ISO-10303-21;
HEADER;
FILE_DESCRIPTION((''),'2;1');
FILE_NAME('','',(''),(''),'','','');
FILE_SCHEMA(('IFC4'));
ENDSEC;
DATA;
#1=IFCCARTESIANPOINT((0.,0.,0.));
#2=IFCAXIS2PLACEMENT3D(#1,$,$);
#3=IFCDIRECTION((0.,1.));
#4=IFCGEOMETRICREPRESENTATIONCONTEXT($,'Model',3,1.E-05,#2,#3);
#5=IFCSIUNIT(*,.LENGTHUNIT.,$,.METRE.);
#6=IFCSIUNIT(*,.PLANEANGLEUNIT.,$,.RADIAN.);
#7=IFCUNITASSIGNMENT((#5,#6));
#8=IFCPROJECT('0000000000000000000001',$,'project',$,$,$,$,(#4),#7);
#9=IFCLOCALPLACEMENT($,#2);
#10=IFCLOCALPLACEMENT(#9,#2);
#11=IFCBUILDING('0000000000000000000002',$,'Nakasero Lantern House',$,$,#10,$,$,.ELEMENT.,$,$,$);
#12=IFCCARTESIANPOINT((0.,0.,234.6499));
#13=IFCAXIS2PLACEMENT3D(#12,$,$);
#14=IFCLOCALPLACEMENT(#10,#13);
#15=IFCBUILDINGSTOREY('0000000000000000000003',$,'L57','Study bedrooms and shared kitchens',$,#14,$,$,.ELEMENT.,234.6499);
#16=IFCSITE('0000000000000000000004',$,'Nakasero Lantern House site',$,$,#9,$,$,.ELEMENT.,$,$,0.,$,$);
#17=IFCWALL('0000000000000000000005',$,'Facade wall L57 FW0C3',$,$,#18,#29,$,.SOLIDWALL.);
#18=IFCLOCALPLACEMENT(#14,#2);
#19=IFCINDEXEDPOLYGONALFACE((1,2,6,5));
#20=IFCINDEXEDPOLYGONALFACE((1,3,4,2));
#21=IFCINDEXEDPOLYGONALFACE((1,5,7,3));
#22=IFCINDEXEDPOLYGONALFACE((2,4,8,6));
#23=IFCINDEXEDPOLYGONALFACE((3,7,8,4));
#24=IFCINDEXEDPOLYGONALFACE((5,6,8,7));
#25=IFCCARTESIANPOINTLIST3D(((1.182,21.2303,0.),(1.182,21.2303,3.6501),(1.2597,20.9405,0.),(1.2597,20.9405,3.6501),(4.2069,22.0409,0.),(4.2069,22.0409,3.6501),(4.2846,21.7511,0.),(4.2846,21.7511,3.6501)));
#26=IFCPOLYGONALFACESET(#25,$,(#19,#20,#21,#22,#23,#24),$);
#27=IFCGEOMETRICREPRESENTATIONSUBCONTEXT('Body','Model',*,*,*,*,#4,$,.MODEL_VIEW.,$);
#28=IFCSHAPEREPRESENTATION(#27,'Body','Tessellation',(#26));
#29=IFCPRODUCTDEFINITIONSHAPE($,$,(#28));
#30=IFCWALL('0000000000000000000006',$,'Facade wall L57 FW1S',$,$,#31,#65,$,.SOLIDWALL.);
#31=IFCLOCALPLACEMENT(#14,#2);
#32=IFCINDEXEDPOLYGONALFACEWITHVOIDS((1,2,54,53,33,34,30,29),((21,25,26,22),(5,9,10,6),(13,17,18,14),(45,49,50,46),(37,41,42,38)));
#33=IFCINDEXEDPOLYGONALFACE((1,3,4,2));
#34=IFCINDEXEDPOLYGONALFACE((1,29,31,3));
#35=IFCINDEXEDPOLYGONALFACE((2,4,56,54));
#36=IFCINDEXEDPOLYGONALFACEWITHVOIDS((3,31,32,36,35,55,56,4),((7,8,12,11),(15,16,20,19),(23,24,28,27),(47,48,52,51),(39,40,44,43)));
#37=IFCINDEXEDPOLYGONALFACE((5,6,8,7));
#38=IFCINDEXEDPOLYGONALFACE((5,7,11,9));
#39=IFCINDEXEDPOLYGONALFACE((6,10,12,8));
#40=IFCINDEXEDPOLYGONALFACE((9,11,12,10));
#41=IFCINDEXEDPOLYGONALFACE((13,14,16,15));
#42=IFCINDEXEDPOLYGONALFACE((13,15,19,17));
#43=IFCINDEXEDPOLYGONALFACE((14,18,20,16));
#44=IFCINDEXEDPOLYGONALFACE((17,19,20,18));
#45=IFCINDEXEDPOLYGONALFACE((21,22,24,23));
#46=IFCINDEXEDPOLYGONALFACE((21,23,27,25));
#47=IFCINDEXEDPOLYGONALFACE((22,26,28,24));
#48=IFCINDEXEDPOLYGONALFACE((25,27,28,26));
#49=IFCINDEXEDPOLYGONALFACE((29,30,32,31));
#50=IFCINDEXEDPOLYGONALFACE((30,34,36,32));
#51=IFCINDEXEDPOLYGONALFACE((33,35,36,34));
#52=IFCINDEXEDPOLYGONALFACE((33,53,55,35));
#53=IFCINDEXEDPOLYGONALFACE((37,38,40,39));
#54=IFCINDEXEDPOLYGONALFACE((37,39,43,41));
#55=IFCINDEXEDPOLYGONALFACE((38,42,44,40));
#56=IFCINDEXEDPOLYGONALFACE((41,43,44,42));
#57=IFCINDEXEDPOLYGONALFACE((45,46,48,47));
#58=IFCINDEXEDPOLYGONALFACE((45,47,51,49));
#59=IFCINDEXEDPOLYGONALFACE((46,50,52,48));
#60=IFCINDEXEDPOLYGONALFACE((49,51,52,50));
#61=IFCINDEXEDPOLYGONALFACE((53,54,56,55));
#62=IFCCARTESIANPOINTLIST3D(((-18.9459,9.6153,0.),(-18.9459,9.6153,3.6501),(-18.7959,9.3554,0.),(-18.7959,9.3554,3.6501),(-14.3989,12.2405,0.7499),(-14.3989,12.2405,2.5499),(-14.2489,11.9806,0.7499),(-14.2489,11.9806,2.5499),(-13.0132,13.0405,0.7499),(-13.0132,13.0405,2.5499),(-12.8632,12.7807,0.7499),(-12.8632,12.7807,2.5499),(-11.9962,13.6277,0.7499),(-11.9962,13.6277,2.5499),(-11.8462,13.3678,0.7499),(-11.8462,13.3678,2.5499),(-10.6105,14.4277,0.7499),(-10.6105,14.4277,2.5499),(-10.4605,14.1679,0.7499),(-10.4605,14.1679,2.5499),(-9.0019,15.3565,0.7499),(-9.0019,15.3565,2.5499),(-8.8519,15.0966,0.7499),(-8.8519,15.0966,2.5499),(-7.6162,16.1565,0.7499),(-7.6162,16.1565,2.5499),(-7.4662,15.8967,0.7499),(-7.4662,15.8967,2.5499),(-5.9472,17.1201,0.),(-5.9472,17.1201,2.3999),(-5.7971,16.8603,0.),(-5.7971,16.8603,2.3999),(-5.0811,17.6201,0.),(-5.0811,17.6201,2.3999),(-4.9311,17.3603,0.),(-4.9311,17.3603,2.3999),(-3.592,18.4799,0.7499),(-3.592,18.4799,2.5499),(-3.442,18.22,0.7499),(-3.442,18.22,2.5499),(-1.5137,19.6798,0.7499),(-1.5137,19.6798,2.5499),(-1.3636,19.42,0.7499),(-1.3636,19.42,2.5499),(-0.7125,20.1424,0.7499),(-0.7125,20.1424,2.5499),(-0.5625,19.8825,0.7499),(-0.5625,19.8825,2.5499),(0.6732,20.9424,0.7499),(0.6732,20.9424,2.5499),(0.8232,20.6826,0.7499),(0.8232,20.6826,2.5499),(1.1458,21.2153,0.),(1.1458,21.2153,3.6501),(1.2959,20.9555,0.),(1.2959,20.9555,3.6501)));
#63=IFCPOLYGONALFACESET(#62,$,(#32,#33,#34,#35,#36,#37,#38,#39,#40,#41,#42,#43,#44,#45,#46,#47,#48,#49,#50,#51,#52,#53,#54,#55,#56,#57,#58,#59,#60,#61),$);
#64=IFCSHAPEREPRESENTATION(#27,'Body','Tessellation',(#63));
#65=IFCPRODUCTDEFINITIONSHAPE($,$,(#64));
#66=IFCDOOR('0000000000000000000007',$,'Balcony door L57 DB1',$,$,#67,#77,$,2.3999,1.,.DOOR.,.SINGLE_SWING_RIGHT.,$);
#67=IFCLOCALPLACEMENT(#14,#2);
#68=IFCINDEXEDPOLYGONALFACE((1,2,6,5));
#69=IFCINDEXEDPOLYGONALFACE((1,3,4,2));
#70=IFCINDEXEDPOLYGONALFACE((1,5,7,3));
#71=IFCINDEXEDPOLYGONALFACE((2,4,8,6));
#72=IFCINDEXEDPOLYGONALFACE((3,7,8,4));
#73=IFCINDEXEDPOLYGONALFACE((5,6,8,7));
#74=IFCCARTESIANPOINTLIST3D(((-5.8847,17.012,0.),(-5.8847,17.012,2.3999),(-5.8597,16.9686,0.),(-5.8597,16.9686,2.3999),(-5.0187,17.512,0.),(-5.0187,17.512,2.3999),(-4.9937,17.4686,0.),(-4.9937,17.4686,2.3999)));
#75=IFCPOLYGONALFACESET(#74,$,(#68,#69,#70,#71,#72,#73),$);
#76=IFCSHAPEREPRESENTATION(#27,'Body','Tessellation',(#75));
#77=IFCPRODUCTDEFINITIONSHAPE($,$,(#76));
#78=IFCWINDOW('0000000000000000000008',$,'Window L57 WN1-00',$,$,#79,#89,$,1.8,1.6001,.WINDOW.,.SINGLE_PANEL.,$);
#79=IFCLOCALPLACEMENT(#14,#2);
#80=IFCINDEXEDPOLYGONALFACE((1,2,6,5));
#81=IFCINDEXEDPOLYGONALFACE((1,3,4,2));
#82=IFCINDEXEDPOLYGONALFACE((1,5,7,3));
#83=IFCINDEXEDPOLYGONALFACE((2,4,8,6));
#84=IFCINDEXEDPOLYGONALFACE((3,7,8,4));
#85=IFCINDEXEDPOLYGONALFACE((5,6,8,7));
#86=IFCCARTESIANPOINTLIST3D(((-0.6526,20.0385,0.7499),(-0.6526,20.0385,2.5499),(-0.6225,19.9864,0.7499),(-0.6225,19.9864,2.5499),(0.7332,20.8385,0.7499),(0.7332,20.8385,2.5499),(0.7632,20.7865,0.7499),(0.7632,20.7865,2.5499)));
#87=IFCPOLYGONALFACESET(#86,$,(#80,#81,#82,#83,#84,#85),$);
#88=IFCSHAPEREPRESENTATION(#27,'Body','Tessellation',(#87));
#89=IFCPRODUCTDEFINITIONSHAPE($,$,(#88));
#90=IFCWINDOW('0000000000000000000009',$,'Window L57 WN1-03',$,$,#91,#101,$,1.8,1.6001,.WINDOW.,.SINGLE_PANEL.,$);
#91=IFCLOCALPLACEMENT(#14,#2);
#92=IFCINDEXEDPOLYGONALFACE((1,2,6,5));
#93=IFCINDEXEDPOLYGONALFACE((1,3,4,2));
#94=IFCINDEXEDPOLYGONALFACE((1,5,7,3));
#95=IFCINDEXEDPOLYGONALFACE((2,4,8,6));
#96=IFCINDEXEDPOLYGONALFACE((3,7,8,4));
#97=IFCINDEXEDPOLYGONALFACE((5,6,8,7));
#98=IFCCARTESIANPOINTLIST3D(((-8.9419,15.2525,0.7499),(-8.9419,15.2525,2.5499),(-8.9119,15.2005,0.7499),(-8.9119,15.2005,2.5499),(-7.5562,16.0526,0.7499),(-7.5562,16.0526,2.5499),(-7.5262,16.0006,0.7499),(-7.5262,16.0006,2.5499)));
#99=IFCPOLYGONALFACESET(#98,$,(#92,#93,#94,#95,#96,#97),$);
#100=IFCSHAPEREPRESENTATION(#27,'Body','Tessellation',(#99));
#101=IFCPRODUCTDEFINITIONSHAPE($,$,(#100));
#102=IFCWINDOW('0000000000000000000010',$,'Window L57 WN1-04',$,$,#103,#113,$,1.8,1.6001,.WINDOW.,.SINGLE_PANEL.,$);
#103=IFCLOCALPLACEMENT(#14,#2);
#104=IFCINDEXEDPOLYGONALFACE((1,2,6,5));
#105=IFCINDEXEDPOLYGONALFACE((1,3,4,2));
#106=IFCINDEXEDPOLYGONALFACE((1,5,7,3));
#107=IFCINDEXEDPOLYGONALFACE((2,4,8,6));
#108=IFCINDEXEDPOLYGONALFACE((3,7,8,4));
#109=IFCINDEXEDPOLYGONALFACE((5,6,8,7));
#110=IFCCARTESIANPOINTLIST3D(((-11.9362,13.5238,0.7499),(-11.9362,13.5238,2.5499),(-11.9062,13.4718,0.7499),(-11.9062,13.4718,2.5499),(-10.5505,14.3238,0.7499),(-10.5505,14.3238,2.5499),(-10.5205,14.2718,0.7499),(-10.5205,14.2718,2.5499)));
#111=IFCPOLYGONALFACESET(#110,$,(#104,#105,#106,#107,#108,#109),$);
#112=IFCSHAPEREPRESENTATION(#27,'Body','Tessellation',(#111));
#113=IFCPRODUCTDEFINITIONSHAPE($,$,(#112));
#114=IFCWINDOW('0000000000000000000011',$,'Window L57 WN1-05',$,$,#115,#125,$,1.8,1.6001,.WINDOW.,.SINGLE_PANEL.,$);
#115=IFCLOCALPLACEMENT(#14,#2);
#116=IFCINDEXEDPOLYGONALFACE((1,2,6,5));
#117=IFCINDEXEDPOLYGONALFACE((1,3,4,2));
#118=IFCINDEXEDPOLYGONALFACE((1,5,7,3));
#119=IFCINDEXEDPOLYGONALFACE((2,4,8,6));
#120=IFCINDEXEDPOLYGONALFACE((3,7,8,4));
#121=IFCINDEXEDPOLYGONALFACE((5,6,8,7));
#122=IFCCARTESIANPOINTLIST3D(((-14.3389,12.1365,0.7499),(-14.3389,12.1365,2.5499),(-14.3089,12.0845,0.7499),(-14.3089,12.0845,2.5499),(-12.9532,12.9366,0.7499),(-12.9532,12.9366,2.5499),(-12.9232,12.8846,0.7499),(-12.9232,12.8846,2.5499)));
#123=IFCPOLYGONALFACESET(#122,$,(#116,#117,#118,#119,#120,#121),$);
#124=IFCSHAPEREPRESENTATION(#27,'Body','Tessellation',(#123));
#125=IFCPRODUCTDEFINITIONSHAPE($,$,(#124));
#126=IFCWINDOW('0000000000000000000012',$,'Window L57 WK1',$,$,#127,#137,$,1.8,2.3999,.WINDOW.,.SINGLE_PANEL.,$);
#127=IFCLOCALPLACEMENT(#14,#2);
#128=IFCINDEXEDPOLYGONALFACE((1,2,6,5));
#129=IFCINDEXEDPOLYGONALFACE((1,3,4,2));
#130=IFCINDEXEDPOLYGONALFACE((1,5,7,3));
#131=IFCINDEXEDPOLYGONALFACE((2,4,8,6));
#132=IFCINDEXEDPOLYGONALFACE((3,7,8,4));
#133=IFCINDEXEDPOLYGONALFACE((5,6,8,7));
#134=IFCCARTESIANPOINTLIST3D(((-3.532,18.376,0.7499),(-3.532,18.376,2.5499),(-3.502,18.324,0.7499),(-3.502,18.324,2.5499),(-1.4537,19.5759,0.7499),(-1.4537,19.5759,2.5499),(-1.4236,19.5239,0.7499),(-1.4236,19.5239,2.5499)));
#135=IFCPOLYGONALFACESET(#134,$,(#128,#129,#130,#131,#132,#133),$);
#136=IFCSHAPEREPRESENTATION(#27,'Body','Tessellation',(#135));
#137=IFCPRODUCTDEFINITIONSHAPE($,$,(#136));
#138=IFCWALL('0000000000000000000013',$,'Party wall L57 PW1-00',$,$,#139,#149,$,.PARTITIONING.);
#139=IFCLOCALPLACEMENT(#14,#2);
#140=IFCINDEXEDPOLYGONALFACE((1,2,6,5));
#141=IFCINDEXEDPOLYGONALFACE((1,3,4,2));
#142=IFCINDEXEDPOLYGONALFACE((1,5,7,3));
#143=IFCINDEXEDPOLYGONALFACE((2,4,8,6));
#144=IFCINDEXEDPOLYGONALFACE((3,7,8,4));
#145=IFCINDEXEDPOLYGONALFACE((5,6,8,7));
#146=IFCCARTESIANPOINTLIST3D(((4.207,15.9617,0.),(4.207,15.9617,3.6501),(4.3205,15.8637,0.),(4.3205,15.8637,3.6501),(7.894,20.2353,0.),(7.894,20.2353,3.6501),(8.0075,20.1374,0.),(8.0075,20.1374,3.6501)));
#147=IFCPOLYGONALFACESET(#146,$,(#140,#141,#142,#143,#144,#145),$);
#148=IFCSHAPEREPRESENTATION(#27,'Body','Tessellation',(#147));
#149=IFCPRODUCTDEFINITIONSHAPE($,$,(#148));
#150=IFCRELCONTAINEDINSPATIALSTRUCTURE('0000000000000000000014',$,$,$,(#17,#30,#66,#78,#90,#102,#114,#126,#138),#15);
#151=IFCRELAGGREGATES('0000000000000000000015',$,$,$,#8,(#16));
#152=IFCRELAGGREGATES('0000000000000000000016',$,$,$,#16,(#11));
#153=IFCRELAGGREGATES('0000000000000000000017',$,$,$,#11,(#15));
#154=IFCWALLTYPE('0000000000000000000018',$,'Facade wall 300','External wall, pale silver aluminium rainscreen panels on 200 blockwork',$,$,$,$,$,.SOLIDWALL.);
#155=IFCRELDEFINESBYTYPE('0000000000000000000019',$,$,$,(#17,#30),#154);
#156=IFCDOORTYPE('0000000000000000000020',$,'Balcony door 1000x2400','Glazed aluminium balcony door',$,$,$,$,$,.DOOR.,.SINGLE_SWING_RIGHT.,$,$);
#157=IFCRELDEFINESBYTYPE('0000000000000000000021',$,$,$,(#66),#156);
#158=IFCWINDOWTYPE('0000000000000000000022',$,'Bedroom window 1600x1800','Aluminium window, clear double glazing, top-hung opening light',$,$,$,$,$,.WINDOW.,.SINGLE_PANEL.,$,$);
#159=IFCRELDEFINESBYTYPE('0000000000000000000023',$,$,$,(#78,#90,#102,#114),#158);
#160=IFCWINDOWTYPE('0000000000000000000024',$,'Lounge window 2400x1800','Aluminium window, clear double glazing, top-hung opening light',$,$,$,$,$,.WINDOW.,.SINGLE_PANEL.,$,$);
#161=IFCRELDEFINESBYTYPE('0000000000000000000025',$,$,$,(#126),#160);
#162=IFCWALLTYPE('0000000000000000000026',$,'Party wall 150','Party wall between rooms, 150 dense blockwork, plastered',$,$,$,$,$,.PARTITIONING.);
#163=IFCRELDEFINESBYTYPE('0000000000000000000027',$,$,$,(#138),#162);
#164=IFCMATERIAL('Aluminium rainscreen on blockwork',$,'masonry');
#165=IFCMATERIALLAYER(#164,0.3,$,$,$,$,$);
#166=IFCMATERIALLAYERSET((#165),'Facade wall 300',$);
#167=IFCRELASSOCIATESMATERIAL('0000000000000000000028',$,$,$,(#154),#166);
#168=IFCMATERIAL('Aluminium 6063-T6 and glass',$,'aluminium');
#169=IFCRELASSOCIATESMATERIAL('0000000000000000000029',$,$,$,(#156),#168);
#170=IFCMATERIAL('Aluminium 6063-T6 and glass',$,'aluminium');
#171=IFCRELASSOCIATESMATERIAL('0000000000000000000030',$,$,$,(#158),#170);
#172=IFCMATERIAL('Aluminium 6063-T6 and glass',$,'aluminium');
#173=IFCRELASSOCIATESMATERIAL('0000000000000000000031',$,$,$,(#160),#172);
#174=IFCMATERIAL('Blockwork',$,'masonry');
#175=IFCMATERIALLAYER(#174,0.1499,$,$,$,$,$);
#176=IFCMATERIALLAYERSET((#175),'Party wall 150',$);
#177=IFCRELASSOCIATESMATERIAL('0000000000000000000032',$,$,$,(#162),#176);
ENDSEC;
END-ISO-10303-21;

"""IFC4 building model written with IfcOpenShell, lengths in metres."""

from ifc_helpers import new_model, si_unit, direction, frame, frame_2d, origin, place, context, subcontext, project, spatial, rectangle, extrude, material, layer, layer_set, type_object, element, fill, save


model = new_model("IFC4")

# Units and contexts
model_context = context("Model", 3, precision=1e-05, world=origin(), true_north=direction((0.0, 1.0)))
body_context = subcontext(model_context, "Body", "Model", "MODEL_VIEW")
ifc_project = project(units=[si_unit("LENGTHUNIT", "METRE"), si_unit("PLANEANGLEUNIT", "RADIAN")], contexts=[model_context])

# Site, building, storey
site_placement = place(None, origin())
site = spatial("IfcSite", under=ifc_project, at=site_placement, Name="Nakasero Lantern House site", CompositionType="ELEMENT", RefElevation=0.0)
building_placement = place(site_placement, origin())
building = spatial("IfcBuilding", under=site, at=building_placement, Name="Nakasero Lantern House", CompositionType="ELEMENT")
storey_placement = place(building_placement, frame((0.0, 0.0, 234.6499)))
storey = spatial("IfcBuildingStorey", under=building, at=storey_placement, Name="L57", Description="Study bedrooms and shared kitchens", CompositionType="ELEMENT", Elevation=234.6499)

# Wall
ifc_material_1 = material(Name="Aluminium rainscreen on blockwork", Category="masonry")
ifc_layer_1 = layer(ifc_material_1, 0.3)
ifc_layer_set_1 = layer_set([ifc_layer_1], Name="Facade wall 300")
wall_type_1 = type_object("IfcWallType", Name="Facade wall 300", Description="External wall, pale silver aluminium rainscreen panels on 200 blockwork", PredefinedType="SOLIDWALL", material=ifc_layer_set_1)
wall_1_placement = place(storey_placement, frame((4.2458, 21.896, 0.0), z_axis=(0.0, 0.0, 1.0), x_axis=(-0.965924, -0.258827, 0.0)))
element("IfcWall", 1, at=wall_1_placement, inside=storey, type_object=wall_type_1, Name="Facade wall L57 FW0C3", PredefinedType="SOLIDWALL", context=body_context, shape_type="SweptSolid", body=[
    extrude(rectangle(XDim=3.1316, YDim=0.3, at=frame_2d((1.5659, 0.0))), origin(), (0.0, 0.0, 1.0), 3.6501),
])

# Wall, openings, door, windows
wall_2_placement = place(storey_placement, frame((1.2209, 21.0854, 0.0), z_axis=(0.0, 0.0, 1.0), x_axis=(-0.866024, -0.500003, 0.0)))
wall_2 = element("IfcWall", 2, at=wall_2_placement, inside=storey, type_object=wall_type_1, Name="Facade wall L57 FW1S", PredefinedType="SOLIDWALL", context=body_context, shape_type="SweptSolid", body=[
    extrude(rectangle(XDim=23.2, YDim=0.3, at=frame_2d((11.6001, 0.0))), origin(), (0.0, 0.0, 1.0), 3.6501),
])
opening_1_placement = place(wall_2_placement, frame((0.5459, 0.0, 0.75)))
opening_1 = element("IfcOpeningElement", 3, at=opening_1_placement, cuts=wall_2, PredefinedType="OPENING", context=body_context, shape_type="SweptSolid", body=[
    extrude(rectangle(XDim=1.6001, YDim=1.8, at=frame_2d((0.8, 0.8999))), frame((0.0, 0.1699, 0.0), z_axis=(0.0, -1.0, 0.0), x_axis=(1.0, 0.0, 0.0)), (0.0, 0.0, 1.0), 0.3401),
])
opening_2_placement = place(wall_2_placement, frame((10.1177, 0.0, 0.75)))
opening_2 = element("IfcOpeningElement", 4, at=opening_2_placement, cuts=wall_2, PredefinedType="OPENING", context=body_context, shape_type="SweptSolid", body=[
    extrude(rectangle(XDim=1.6001, YDim=1.8, at=frame_2d((0.8, 0.8999))), frame((0.0, 0.1699, 0.0), z_axis=(0.0, -1.0, 0.0), x_axis=(1.0, 0.0, 0.0)), (0.0, 0.0, 1.0), 0.3401),
])
opening_3_placement = place(wall_2_placement, frame((13.5752, 0.0, 0.75)))
opening_3 = element("IfcOpeningElement", 5, at=opening_3_placement, cuts=wall_2, PredefinedType="OPENING", context=body_context, shape_type="SweptSolid", body=[
    extrude(rectangle(XDim=1.6001, YDim=1.8, at=frame_2d((0.8, 0.8999))), frame((0.0, 0.1699, 0.0), z_axis=(0.0, -1.0, 0.0), x_axis=(1.0, 0.0, 0.0)), (0.0, 0.0, 1.0), 0.3401),
])
opening_4_placement = place(wall_2_placement, frame((16.3496, 0.0, 0.75)))
opening_4 = element("IfcOpeningElement", 6, at=opening_4_placement, cuts=wall_2, PredefinedType="OPENING", context=body_context, shape_type="SweptSolid", body=[
    extrude(rectangle(XDim=1.6001, YDim=1.8, at=frame_2d((0.8, 0.8999))), frame((0.0, 0.1699, 0.0), z_axis=(0.0, -1.0, 0.0), x_axis=(1.0, 0.0, 0.0)), (0.0, 0.0, 1.0), 0.3401),
])
opening_5_placement = place(wall_2_placement, frame((3.071, 0.0, 0.75)))
opening_5 = element("IfcOpeningElement", 7, at=opening_5_placement, cuts=wall_2, PredefinedType="OPENING", context=body_context, shape_type="SweptSolid", body=[
    extrude(rectangle(XDim=2.3999, YDim=1.8, at=frame_2d((1.2, 0.8999))), frame((0.0, 0.1699, 0.0), z_axis=(0.0, -1.0, 0.0), x_axis=(1.0, 0.0, 0.0)), (0.0, 0.0, 1.0), 0.3401),
])
opening_6_placement = place(wall_2_placement, frame((7.1904, 0.0, 0.0)))
opening_6 = element("IfcOpeningElement", 8, at=opening_6_placement, cuts=wall_2, PredefinedType="OPENING", context=body_context, shape_type="SweptSolid", body=[
    extrude(rectangle(XDim=1.0, YDim=2.3999, at=frame_2d((0.5, 1.2))), frame((0.0, 0.1699, 0.0), z_axis=(0.0, -1.0, 0.0), x_axis=(1.0, 0.0, 0.0)), (0.0, 0.0, 1.0), 0.3401),
])
ifc_material_2 = material(Name="Aluminium 6063-T6 and glass", Category="aluminium")
door_type_1 = type_object("IfcDoorType", Name="Balcony door 1000x2400", Description="Glazed aluminium balcony door", OperationType="SINGLE_SWING_RIGHT", PredefinedType="DOOR", material=ifc_material_2)
door_1_placement = place(opening_6_placement, origin())
door_1 = element("IfcDoor", 9, at=door_1_placement, inside=storey, type_object=door_type_1, Name="Balcony door L57 DB1", OperationType="SINGLE_SWING_RIGHT", OverallHeight=2.3999, OverallWidth=1.0, PredefinedType="DOOR", context=body_context, shape_type="SweptSolid", body=[
    extrude(rectangle(XDim=1.0, YDim=2.3999, at=frame_2d((0.5, 1.2))), frame((0.0, 0.0249, 0.0), z_axis=(0.0, -1.0, 0.0), x_axis=(1.0, 0.0, 0.0)), (0.0, 0.0, 1.0), 0.05),
])
fill(opening_6, door_1)
ifc_material_3 = material(Name="Aluminium 6063-T6 and glass", Category="aluminium")
window_type_1 = type_object("IfcWindowType", Name="Bedroom window 1600x1800", Description="Aluminium window, clear double glazing, top-hung opening light", PartitioningType="SINGLE_PANEL", PredefinedType="WINDOW", material=ifc_material_3)
window_1_placement = place(opening_1_placement, origin())
window_1 = element("IfcWindow", 10, at=window_1_placement, inside=storey, type_object=window_type_1, Name="Window L57 WN1-00", OverallHeight=1.8, OverallWidth=1.6001, PartitioningType="SINGLE_PANEL", PredefinedType="WINDOW", context=body_context, shape_type="SweptSolid", body=[
    extrude(rectangle(XDim=1.6001, YDim=1.8, at=frame_2d((0.8, 0.8999))), frame((0.0, 0.03, 0.0), z_axis=(0.0, -1.0, 0.0), x_axis=(1.0, 0.0, 0.0)), (0.0, 0.0, 1.0), 0.0601),
])
fill(opening_1, window_1)
window_2_placement = place(opening_2_placement, origin())
window_2 = element("IfcWindow", 11, at=window_2_placement, inside=storey, type_object=window_type_1, Name="Window L57 WN1-03", OverallHeight=1.8, OverallWidth=1.6001, PartitioningType="SINGLE_PANEL", PredefinedType="WINDOW", context=body_context, shape_type="SweptSolid", body=[
    extrude(rectangle(XDim=1.6001, YDim=1.8, at=frame_2d((0.8, 0.8999))), frame((0.0, 0.03, 0.0), z_axis=(0.0, -1.0, 0.0), x_axis=(1.0, 0.0, 0.0)), (0.0, 0.0, 1.0), 0.0601),
])
fill(opening_2, window_2)
window_3_placement = place(opening_3_placement, origin())
window_3 = element("IfcWindow", 12, at=window_3_placement, inside=storey, type_object=window_type_1, Name="Window L57 WN1-04", OverallHeight=1.8, OverallWidth=1.6001, PartitioningType="SINGLE_PANEL", PredefinedType="WINDOW", context=body_context, shape_type="SweptSolid", body=[
    extrude(rectangle(XDim=1.6001, YDim=1.8, at=frame_2d((0.8, 0.8999))), frame((0.0, 0.03, 0.0), z_axis=(0.0, -1.0, 0.0), x_axis=(1.0, 0.0, 0.0)), (0.0, 0.0, 1.0), 0.0601),
])
fill(opening_3, window_3)
window_4_placement = place(opening_4_placement, origin())
window_4 = element("IfcWindow", 13, at=window_4_placement, inside=storey, type_object=window_type_1, Name="Window L57 WN1-05", OverallHeight=1.8, OverallWidth=1.6001, PartitioningType="SINGLE_PANEL", PredefinedType="WINDOW", context=body_context, shape_type="SweptSolid", body=[
    extrude(rectangle(XDim=1.6001, YDim=1.8, at=frame_2d((0.8, 0.8999))), frame((0.0, 0.03, 0.0), z_axis=(0.0, -1.0, 0.0), x_axis=(1.0, 0.0, 0.0)), (0.0, 0.0, 1.0), 0.0601),
])
fill(opening_4, window_4)
ifc_material_4 = material(Name="Aluminium 6063-T6 and glass", Category="aluminium")
window_type_2 = type_object("IfcWindowType", Name="Lounge window 2400x1800", Description="Aluminium window, clear double glazing, top-hung opening light", PartitioningType="SINGLE_PANEL", PredefinedType="WINDOW", material=ifc_material_4)
window_5_placement = place(opening_5_placement, origin())
window_5 = element("IfcWindow", 14, at=window_5_placement, inside=storey, type_object=window_type_2, Name="Window L57 WK1", OverallHeight=1.8, OverallWidth=2.3999, PartitioningType="SINGLE_PANEL", PredefinedType="WINDOW", context=body_context, shape_type="SweptSolid", body=[
    extrude(rectangle(XDim=2.3999, YDim=1.8, at=frame_2d((1.2, 0.8999))), frame((0.0, 0.03, 0.0), z_axis=(0.0, -1.0, 0.0), x_axis=(1.0, 0.0, 0.0)), (0.0, 0.0, 1.0), 0.0601),
])
fill(opening_5, window_5)

# Wall
ifc_material_5 = material(Name="Blockwork", Category="masonry")
ifc_layer_2 = layer(ifc_material_5, 0.1499)
ifc_layer_set_2 = layer_set([ifc_layer_2], Name="Party wall 150")
wall_type_2 = type_object("IfcWallType", Name="Party wall 150", Description="Party wall between rooms, 150 dense blockwork, plastered", PredefinedType="PARTITIONING", material=ifc_layer_set_2)
wall_3_placement = place(storey_placement, frame((4.2637, 15.9126, 0.0), z_axis=(0.0, 0.0, 1.0), x_axis=(0.653225, 0.757164, 0.0)))
element("IfcWall", 15, at=wall_3_placement, inside=storey, type_object=wall_type_2, Name="Party wall L57 PW1-00", PredefinedType="PARTITIONING", context=body_context, shape_type="SweptSolid", body=[
    extrude(rectangle(XDim=5.6443, YDim=0.1499, at=frame_2d((2.8223, 0.0))), origin(), (0.0, 0.0, 1.0), 3.6501),
])

save(model, "model.ifc")
